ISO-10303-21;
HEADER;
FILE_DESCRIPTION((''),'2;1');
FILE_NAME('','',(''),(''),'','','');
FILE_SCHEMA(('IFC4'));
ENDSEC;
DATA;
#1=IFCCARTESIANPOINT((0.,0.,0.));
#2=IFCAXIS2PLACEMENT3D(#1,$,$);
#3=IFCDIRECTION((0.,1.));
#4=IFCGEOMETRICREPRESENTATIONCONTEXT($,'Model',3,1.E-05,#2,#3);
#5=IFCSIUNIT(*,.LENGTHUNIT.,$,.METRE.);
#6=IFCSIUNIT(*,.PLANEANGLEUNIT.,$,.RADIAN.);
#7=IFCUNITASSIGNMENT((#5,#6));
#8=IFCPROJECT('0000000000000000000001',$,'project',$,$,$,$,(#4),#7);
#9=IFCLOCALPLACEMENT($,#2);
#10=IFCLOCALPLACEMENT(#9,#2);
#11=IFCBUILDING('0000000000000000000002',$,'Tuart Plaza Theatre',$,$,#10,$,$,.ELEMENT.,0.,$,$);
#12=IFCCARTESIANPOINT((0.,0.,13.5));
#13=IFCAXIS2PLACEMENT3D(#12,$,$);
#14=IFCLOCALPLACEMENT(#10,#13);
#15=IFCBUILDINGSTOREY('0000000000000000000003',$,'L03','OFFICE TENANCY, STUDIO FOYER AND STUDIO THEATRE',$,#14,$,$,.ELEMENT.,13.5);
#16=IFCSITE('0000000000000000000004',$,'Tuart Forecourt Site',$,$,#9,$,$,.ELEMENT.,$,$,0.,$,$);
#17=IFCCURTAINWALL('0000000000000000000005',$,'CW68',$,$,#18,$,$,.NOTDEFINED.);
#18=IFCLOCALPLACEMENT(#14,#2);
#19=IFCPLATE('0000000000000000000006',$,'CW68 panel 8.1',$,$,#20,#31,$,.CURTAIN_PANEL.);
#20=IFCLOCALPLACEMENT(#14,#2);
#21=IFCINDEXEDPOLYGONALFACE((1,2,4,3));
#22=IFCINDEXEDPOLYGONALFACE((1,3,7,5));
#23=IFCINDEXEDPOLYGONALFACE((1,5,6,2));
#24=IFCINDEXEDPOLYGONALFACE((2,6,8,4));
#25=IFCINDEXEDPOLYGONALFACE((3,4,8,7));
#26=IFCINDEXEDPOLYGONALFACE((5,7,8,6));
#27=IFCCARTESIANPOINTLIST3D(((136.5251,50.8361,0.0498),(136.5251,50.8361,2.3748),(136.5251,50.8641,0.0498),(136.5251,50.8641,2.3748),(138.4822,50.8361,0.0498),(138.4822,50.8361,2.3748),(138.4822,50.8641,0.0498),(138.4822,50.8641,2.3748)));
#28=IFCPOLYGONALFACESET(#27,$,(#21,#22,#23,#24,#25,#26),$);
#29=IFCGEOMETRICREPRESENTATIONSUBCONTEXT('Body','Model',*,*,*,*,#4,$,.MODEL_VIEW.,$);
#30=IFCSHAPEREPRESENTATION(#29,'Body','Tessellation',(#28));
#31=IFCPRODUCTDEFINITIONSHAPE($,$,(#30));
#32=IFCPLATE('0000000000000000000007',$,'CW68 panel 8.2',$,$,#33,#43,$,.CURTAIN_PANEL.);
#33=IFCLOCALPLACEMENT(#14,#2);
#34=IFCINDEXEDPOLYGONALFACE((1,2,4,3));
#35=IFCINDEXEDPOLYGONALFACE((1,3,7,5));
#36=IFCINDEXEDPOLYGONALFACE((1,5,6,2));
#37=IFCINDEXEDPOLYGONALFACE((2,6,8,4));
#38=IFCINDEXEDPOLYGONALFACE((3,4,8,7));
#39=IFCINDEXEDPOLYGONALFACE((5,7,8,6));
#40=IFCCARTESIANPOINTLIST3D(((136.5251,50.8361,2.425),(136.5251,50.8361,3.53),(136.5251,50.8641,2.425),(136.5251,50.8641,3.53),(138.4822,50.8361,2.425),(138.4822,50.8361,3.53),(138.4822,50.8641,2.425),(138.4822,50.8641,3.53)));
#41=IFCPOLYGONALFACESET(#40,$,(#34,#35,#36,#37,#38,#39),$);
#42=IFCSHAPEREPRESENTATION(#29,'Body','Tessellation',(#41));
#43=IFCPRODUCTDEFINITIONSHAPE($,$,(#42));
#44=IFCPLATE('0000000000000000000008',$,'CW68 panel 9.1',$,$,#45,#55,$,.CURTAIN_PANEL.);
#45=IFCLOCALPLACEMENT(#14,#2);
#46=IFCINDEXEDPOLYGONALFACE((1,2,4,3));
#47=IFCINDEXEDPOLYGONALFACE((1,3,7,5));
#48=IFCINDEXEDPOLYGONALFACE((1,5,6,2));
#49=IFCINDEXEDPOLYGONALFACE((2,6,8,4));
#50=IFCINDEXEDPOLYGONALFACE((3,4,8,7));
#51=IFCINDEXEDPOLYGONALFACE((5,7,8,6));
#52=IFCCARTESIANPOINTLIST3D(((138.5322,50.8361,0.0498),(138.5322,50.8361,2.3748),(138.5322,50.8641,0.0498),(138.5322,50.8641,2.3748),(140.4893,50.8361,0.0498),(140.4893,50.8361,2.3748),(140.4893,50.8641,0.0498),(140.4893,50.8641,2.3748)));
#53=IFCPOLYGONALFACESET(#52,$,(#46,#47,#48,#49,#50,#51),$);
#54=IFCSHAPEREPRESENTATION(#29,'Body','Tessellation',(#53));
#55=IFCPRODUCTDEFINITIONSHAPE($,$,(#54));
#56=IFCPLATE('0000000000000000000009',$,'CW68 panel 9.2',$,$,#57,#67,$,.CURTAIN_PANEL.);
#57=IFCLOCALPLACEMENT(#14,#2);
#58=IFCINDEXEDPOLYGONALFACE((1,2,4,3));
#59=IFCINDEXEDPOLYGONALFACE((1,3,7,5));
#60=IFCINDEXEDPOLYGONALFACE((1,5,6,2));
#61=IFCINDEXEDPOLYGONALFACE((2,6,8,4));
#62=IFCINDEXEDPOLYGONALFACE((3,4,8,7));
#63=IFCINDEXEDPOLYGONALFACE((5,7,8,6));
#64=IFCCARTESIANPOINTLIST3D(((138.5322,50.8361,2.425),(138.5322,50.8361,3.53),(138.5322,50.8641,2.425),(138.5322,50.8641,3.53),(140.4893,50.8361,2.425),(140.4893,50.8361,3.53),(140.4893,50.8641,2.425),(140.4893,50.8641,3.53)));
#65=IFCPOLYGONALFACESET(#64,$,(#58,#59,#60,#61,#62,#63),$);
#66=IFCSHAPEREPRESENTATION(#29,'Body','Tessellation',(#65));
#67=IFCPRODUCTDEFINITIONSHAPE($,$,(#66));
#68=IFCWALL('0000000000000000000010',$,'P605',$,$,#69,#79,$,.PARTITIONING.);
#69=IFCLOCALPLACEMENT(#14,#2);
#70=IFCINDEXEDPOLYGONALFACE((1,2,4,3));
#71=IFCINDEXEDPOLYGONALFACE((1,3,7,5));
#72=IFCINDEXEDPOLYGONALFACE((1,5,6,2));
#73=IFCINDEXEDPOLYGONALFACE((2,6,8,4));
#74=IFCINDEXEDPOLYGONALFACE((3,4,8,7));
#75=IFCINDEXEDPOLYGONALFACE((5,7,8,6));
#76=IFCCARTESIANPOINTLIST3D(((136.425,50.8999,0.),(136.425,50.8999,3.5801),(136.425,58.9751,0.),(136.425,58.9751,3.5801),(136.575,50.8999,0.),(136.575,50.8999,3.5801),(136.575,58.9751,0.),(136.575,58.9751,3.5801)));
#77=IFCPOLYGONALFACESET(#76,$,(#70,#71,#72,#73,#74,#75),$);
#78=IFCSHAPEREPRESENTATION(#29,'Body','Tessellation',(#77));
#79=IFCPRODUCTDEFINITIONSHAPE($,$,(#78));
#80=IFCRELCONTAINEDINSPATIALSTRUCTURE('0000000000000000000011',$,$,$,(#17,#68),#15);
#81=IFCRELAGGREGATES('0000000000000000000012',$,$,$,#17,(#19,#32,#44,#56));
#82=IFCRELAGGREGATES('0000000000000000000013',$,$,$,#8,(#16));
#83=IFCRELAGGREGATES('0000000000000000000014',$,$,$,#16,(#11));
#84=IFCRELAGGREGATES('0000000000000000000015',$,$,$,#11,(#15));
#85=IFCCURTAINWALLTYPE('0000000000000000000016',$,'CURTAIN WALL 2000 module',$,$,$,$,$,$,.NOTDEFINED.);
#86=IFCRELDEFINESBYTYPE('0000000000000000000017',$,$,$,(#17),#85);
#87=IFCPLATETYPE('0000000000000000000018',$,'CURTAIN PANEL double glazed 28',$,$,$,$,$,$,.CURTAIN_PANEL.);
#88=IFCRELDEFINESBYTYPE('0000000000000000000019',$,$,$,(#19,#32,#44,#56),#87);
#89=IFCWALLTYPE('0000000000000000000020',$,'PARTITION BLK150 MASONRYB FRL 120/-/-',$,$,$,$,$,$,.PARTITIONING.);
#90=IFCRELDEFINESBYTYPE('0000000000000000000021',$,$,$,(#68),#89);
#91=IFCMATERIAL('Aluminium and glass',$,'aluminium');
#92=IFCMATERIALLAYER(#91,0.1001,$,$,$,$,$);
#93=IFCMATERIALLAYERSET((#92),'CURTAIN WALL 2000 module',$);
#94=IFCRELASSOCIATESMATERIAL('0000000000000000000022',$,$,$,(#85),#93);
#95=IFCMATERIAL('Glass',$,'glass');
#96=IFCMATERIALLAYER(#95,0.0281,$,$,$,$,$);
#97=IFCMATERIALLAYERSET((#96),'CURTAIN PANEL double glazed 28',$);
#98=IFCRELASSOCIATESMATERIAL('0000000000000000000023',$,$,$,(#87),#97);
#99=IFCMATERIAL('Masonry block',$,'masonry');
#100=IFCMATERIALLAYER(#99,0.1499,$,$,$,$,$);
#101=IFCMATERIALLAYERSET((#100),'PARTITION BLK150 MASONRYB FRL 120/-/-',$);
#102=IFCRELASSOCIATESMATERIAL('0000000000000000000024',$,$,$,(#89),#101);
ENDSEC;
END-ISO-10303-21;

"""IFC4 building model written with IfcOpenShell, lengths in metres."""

from ifc_helpers import new_model, si_unit, direction, frame, frame_2d, origin, origin_2d, place, context, subcontext, project, spatial, rectangle, extrude, material, layer, layer_set, type_object, element, aggregate, save


model = new_model("IFC4")

# Units and contexts
model_context = context("Model", 3, precision=1e-05, world=origin(), true_north=direction((0.0, 1.0)))
body_context = subcontext(model_context, "Body", "Model", "MODEL_VIEW")
ifc_project = project(units=[si_unit("LENGTHUNIT", "METRE"), si_unit("PLANEANGLEUNIT", "RADIAN")], contexts=[model_context])

# Site, building, storey
site_placement = place(None, origin())
site = spatial("IfcSite", under=ifc_project, at=site_placement, Name="Tuart Forecourt Site", CompositionType="ELEMENT", RefElevation=0.0)
building_placement = place(site_placement, origin())
building = spatial("IfcBuilding", under=site, at=building_placement, Name="Tuart Plaza Theatre", CompositionType="ELEMENT", ElevationOfRefHeight=0.0)
storey_placement = place(building_placement, frame((0.0, 0.0, 13.5)))
storey = spatial("IfcBuildingStorey", under=building, at=storey_placement, Name="L03", Description="OFFICE TENANCY, STUDIO FOYER AND STUDIO THEATRE", CompositionType="ELEMENT", Elevation=13.5)

# Curtain wall, plates
ifc_material_1 = material(Name="Aluminium and glass", Category="aluminium")
ifc_layer_1 = layer(ifc_material_1, 0.1001)
ifc_layer_set_1 = layer_set([ifc_layer_1], Name="CURTAIN WALL 2000 module")
curtain_wall_type = type_object("IfcCurtainWallType", Name="CURTAIN WALL 2000 module", PredefinedType="NOTDEFINED", material=ifc_layer_set_1)
curtain_wall_placement = place(storey_placement, origin())
curtain_wall = element("IfcCurtainWall", 1, at=curtain_wall_placement, inside=storey, type_object=curtain_wall_type, Name="CW68", PredefinedType="NOTDEFINED")
ifc_material_2 = material(Name="Glass", Category="glass")
ifc_layer_2 = layer(ifc_material_2, 0.0281)
ifc_layer_set_2 = layer_set([ifc_layer_2], Name="CURTAIN PANEL double glazed 28")
plate_type = type_object("IfcPlateType", Name="CURTAIN PANEL double glazed 28", PredefinedType="CURTAIN_PANEL", material=ifc_layer_set_2)
plate_1_placement = place(storey_placement, frame((137.5037, 50.8501, 0.0498), z_axis=(0.0, 0.0, 1.0), x_axis=(1.0, 0.0, 0.0)))
plate_1 = element("IfcPlate", 2, at=plate_1_placement, type_object=plate_type, Name="CW68 panel 8.1", PredefinedType="CURTAIN_PANEL", context=body_context, shape_type="SweptSolid", body=[
    extrude(rectangle(XDim=1.957, YDim=0.0281, at=origin_2d()), origin(), (0.0, 0.0, 1.0), 2.325),
])
plate_2_placement = place(storey_placement, frame((137.5037, 50.8501, 2.425), z_axis=(0.0, 0.0, 1.0), x_axis=(1.0, 0.0, 0.0)))
plate_2 = element("IfcPlate", 3, at=plate_2_placement, type_object=plate_type, Name="CW68 panel 8.2", PredefinedType="CURTAIN_PANEL", context=body_context, shape_type="SweptSolid", body=[
    extrude(rectangle(XDim=1.957, YDim=0.0281, at=origin_2d()), origin(), (0.0, 0.0, 1.0), 1.105),
])
plate_3_placement = place(storey_placement, frame((139.5107, 50.8501, 0.0498), z_axis=(0.0, 0.0, 1.0), x_axis=(1.0, 0.0, 0.0)))
plate_3 = element("IfcPlate", 4, at=plate_3_placement, type_object=plate_type, Name="CW68 panel 9.1", PredefinedType="CURTAIN_PANEL", context=body_context, shape_type="SweptSolid", body=[
    extrude(rectangle(XDim=1.957, YDim=0.0281, at=origin_2d()), origin(), (0.0, 0.0, 1.0), 2.325),
])
plate_4_placement = place(storey_placement, frame((139.5107, 50.8501, 2.425), z_axis=(0.0, 0.0, 1.0), x_axis=(1.0, 0.0, 0.0)))
plate_4 = element("IfcPlate", 5, at=plate_4_placement, type_object=plate_type, Name="CW68 panel 9.2", PredefinedType="CURTAIN_PANEL", context=body_context, shape_type="SweptSolid", body=[
    extrude(rectangle(XDim=1.957, YDim=0.0281, at=origin_2d()), origin(), (0.0, 0.0, 1.0), 1.105),
])
aggregate(curtain_wall, [plate_1, plate_2, plate_3, plate_4])

# Wall
ifc_material_3 = material(Name="Masonry block", Category="masonry")
ifc_layer_3 = layer(ifc_material_3, 0.1499)
ifc_layer_set_3 = layer_set([ifc_layer_3], Name="PARTITION BLK150 MASONRYB FRL 120/-/-")
wall_type = type_object("IfcWallType", Name="PARTITION BLK150 MASONRYB FRL 120/-/-", PredefinedType="PARTITIONING", material=ifc_layer_set_3)
wall_placement = place(storey_placement, frame((136.5, 50.8999, 0.0), z_axis=(0.0, 0.0, 1.0), x_axis=(0.0, 1.0, 0.0)))
element("IfcWall", 6, at=wall_placement, inside=storey, type_object=wall_type, Name="P605", PredefinedType="PARTITIONING", context=body_context, shape_type="SweptSolid", body=[
    extrude(rectangle(XDim=8.0752, YDim=0.1499, at=frame_2d((4.0376, 0.0))), origin(), (0.0, 0.0, 1.0), 3.5801),
])

save(model, "model.ifc")
